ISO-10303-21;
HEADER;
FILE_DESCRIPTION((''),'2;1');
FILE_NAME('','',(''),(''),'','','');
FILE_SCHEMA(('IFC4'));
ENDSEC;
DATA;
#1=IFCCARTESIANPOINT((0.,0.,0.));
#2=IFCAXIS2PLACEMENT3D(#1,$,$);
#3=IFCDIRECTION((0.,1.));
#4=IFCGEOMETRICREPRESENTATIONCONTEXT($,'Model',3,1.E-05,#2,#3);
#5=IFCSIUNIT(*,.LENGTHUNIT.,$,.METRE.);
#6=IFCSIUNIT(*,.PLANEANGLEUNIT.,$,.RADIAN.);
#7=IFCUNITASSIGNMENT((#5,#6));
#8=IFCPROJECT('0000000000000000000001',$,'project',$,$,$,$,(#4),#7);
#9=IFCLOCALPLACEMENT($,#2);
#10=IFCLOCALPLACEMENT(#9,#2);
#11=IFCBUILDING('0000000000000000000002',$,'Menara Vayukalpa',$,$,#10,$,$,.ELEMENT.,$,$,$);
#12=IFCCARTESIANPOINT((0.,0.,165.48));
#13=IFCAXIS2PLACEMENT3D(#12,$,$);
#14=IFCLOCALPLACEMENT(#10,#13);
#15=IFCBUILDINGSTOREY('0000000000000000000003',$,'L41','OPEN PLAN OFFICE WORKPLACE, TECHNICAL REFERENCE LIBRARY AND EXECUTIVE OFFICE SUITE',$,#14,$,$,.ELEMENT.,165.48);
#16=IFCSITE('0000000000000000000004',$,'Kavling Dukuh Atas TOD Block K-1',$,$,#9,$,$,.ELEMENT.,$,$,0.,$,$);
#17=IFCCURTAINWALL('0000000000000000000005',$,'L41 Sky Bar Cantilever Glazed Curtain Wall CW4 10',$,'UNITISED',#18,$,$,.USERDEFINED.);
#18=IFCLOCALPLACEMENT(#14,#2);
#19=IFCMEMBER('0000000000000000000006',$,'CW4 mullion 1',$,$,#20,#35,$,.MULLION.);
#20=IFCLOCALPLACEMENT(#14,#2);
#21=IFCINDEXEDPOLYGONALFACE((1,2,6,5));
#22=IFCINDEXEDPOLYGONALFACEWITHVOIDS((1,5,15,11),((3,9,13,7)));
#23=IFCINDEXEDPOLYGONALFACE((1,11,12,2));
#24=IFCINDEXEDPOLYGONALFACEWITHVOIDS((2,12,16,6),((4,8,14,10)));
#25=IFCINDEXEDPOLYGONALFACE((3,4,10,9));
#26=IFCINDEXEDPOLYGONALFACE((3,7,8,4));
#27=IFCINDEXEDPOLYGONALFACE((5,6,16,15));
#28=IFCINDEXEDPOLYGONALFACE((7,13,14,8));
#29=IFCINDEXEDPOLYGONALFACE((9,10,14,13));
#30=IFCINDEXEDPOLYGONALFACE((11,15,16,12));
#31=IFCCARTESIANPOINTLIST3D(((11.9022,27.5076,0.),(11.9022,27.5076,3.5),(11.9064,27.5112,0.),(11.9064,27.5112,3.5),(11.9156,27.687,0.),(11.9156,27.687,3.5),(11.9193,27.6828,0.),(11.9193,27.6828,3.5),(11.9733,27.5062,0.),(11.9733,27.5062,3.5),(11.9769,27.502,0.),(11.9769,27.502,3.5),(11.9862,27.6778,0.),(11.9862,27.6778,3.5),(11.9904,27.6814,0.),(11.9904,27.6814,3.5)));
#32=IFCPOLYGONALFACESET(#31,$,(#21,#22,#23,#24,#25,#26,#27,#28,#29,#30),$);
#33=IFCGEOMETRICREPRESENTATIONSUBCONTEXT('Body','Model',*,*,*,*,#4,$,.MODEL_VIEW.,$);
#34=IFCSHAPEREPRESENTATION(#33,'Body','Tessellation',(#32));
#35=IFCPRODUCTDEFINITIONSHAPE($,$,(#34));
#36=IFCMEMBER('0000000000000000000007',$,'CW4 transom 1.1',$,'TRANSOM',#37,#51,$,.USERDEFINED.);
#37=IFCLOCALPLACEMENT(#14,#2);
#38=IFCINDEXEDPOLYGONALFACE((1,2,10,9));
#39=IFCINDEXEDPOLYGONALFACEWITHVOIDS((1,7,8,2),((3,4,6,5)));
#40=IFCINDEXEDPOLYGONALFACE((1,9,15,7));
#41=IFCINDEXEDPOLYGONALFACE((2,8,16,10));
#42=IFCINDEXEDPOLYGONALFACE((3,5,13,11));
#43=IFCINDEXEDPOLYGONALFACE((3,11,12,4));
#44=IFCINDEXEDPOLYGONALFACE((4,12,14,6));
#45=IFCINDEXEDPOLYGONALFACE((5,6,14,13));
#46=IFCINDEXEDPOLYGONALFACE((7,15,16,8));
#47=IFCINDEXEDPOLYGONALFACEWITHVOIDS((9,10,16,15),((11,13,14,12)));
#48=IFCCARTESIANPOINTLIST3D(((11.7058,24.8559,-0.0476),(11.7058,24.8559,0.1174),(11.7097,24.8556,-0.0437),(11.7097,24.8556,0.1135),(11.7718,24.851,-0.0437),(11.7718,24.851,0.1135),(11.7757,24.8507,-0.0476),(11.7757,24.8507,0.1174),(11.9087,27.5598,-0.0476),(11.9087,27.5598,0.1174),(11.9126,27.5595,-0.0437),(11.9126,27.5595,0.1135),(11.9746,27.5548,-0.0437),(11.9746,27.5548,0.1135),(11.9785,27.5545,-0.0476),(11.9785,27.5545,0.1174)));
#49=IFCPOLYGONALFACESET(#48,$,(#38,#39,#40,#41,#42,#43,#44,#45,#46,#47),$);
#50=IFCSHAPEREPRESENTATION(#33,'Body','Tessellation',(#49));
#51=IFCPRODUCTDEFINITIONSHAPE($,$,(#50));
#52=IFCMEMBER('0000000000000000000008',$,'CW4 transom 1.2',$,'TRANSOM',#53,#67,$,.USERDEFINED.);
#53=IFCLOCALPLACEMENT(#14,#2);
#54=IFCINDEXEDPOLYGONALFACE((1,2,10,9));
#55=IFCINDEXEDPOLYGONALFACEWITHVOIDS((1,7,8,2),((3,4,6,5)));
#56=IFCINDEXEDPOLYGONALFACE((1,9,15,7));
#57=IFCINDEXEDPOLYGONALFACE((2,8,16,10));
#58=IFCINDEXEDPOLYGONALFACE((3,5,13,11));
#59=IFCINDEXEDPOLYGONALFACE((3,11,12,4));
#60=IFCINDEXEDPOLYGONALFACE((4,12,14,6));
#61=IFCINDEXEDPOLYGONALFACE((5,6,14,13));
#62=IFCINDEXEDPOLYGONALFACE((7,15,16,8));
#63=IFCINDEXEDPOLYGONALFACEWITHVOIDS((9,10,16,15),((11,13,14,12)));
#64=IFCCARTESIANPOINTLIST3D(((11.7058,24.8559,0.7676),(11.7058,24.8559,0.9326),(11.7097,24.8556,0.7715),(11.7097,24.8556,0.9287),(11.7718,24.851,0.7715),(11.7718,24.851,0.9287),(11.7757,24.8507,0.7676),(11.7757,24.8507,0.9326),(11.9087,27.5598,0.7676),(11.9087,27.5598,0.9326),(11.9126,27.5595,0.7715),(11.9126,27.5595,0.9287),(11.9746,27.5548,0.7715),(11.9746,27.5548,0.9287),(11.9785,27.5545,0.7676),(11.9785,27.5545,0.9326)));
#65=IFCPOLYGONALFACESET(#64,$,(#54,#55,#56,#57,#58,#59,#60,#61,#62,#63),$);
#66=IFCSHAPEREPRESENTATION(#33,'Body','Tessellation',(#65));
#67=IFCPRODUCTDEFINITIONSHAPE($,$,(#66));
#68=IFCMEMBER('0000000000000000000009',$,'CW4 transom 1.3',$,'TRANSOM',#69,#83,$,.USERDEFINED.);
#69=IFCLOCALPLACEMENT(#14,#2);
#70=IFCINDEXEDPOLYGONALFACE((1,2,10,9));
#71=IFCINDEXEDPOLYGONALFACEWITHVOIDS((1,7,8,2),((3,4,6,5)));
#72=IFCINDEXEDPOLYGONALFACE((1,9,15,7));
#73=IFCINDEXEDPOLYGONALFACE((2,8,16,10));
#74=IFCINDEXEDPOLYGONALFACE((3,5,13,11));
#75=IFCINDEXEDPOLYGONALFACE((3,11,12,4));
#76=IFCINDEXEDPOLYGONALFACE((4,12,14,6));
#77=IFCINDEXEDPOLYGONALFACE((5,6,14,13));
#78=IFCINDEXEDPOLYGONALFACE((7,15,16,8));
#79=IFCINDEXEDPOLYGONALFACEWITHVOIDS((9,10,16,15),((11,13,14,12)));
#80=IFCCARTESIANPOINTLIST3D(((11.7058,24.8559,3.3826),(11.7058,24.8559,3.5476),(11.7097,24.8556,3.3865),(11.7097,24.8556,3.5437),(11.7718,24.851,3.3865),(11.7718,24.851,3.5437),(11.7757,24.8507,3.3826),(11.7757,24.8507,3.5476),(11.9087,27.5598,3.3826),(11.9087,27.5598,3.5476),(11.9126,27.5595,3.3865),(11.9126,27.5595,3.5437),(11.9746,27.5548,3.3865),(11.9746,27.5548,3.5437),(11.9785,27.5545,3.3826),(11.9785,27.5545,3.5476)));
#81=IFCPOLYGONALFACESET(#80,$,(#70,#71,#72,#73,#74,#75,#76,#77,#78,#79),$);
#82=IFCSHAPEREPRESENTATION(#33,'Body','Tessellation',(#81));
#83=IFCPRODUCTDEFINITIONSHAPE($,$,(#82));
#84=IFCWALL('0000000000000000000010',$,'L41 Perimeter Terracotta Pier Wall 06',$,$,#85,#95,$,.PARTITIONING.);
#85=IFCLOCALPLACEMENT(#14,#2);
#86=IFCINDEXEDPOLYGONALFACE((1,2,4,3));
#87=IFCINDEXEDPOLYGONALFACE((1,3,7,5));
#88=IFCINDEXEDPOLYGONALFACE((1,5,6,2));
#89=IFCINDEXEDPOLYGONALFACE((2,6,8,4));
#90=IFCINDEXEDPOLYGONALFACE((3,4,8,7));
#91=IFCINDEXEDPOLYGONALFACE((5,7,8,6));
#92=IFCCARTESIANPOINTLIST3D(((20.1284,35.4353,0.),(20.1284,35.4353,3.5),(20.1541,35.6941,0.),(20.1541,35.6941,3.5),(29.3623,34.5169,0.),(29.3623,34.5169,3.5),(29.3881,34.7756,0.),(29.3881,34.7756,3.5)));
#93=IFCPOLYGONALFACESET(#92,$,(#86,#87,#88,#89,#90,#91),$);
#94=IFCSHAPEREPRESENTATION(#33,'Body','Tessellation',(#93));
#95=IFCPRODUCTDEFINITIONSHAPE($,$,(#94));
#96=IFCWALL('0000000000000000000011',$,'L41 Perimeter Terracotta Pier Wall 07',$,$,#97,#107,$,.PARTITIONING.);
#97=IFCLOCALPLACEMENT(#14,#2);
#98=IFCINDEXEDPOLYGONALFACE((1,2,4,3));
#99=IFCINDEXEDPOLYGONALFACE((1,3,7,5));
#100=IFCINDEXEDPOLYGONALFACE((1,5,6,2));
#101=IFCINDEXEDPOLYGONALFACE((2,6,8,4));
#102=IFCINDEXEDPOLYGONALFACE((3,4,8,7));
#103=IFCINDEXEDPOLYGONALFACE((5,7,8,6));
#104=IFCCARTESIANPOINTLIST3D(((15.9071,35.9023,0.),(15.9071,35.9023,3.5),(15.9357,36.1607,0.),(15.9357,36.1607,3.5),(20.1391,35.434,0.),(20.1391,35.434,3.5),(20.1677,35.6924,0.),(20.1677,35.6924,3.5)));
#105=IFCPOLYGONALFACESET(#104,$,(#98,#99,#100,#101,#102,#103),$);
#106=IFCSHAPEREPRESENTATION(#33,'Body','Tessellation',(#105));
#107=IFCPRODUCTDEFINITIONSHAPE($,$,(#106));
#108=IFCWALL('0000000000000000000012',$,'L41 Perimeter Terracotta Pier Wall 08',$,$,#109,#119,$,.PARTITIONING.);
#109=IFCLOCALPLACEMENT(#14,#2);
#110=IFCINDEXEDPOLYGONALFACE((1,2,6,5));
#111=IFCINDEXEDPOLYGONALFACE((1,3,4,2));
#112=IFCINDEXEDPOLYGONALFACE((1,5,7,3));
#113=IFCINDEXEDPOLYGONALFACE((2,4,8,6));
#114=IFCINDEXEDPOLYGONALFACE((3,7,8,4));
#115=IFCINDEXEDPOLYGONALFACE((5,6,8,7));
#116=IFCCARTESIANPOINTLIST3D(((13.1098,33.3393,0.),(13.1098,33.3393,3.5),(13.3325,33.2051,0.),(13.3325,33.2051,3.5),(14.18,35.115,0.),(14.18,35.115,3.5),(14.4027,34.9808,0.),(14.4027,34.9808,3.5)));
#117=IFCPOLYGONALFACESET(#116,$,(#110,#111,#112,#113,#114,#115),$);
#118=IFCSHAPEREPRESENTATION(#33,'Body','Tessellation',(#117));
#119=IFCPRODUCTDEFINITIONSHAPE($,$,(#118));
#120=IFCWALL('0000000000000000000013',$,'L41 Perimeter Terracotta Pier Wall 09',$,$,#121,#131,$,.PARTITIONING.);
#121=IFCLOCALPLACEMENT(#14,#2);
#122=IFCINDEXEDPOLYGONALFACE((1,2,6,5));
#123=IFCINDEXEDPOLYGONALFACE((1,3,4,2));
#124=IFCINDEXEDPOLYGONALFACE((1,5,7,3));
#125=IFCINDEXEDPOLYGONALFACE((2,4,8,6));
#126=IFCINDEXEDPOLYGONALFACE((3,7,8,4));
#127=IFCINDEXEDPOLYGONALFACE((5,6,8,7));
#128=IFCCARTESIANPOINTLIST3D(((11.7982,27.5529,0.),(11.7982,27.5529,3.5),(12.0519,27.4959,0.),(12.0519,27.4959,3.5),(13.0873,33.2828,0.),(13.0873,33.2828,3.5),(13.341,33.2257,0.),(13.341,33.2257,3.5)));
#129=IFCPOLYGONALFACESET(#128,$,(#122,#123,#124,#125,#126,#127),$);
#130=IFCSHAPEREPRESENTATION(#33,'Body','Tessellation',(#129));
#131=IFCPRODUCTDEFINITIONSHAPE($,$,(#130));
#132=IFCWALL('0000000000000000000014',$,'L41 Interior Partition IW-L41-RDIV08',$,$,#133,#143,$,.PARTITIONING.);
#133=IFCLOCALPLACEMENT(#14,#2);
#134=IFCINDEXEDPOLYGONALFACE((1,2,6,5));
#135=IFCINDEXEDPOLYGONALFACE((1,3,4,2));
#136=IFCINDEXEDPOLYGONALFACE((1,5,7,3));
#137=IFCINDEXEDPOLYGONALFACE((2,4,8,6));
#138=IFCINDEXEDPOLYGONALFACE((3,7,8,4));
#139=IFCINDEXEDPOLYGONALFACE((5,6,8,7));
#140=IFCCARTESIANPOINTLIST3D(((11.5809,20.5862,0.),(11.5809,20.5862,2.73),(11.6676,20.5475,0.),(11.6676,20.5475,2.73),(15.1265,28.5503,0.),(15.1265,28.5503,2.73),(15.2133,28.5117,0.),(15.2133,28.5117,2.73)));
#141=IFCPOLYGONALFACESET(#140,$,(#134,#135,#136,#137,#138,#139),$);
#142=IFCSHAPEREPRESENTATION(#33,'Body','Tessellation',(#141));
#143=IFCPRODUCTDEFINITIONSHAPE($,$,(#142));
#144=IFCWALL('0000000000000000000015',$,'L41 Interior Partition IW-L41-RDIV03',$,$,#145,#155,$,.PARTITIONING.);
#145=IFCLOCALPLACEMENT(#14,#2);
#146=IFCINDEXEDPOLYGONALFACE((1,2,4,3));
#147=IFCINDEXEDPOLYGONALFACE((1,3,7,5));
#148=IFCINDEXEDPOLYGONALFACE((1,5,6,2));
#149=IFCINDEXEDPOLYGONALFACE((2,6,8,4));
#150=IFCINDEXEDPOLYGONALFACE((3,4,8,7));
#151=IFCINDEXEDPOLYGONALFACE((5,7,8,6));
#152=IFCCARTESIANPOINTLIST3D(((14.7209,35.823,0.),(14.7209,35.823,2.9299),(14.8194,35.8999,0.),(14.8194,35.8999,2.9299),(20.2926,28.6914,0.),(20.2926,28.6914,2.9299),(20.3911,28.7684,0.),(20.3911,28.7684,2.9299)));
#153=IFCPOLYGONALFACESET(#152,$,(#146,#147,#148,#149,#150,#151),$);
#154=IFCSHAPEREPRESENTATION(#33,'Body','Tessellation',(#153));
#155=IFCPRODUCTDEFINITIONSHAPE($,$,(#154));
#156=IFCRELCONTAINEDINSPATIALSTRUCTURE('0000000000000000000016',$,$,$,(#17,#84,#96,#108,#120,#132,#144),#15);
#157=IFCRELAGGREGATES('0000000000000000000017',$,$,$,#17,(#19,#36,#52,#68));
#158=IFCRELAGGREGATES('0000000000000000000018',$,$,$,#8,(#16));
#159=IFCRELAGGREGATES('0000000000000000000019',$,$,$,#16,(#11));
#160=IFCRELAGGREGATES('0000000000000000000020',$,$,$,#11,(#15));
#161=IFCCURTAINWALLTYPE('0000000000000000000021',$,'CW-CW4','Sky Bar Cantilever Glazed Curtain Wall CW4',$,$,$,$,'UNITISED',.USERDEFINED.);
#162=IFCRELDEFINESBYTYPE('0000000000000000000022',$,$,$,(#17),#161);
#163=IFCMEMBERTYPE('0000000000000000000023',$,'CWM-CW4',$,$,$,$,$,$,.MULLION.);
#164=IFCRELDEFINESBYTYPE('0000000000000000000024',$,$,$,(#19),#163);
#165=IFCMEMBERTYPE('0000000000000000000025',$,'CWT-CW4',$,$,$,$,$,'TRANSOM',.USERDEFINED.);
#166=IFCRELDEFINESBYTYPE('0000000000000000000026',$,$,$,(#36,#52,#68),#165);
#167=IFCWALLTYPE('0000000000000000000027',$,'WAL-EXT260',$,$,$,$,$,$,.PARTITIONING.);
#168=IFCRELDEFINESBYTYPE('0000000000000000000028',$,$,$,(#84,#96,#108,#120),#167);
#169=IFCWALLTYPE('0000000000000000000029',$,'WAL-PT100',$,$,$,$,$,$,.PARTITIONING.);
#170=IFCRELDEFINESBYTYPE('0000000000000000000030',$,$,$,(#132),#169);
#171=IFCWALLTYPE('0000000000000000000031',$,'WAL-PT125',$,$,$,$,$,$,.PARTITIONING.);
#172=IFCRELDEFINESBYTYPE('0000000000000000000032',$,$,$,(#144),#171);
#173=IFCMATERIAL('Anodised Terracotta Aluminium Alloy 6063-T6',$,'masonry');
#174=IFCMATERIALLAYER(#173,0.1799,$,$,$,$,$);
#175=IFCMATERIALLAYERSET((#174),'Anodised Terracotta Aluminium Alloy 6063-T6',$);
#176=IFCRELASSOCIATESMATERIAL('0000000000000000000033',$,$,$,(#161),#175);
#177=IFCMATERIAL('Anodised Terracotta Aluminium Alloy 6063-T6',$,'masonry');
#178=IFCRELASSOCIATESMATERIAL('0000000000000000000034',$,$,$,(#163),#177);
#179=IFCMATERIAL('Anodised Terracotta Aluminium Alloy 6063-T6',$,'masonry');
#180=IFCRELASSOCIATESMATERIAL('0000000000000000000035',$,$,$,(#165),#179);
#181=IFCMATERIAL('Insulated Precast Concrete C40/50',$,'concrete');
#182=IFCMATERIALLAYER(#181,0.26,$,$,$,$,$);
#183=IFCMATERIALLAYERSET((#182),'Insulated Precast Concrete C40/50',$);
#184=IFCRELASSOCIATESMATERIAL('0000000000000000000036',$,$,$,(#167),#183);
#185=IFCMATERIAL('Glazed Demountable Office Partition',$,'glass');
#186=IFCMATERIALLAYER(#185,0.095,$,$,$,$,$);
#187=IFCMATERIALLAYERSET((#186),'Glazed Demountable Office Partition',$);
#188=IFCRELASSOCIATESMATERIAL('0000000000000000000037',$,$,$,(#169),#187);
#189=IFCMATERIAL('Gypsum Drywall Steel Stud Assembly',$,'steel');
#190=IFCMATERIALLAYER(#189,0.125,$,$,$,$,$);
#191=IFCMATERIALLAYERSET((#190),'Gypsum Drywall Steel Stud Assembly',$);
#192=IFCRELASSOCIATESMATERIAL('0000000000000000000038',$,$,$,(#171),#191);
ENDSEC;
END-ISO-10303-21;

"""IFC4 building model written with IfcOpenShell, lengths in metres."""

from ifc_helpers import new_model, si_unit, direction, frame, frame_2d, origin, origin_2d, place, context, subcontext, project, spatial, rectangle, hollow_rectangle, extrude, material, layer, layer_set, material_profile, profile_set, type_object, element, aggregate, save


model = new_model("IFC4")

# Units and contexts
model_context = context("Model", 3, precision=1e-05, world=origin(), true_north=direction((0.0, 1.0)))
body_context = subcontext(model_context, "Body", "Model", "MODEL_VIEW")
ifc_project = project(units=[si_unit("LENGTHUNIT", "METRE"), si_unit("PLANEANGLEUNIT", "RADIAN")], contexts=[model_context])

# Site, building, storey
site_placement = place(None, origin())
site = spatial("IfcSite", under=ifc_project, at=site_placement, Name="Kavling Dukuh Atas TOD Block K-1", CompositionType="ELEMENT", RefElevation=0.0)
building_placement = place(site_placement, origin())
building = spatial("IfcBuilding", under=site, at=building_placement, Name="Menara Vayukalpa", CompositionType="ELEMENT")
storey_placement = place(building_placement, frame((0.0, 0.0, 165.48)))
storey = spatial("IfcBuildingStorey", under=building, at=storey_placement, Name="L41", Description="OPEN PLAN OFFICE WORKPLACE, TECHNICAL REFERENCE LIBRARY AND EXECUTIVE OFFICE SUITE", CompositionType="ELEMENT", Elevation=165.48)

# Curtain wall, members
ifc_material_1 = material(Name="Anodised Terracotta Aluminium Alloy 6063-T6", Category="masonry")
ifc_layer_1 = layer(ifc_material_1, 0.1799)
ifc_layer_set_1 = layer_set([ifc_layer_1], Name="Anodised Terracotta Aluminium Alloy 6063-T6")
curtain_wall_type = type_object("IfcCurtainWallType", Name="CW-CW4", Description="Sky Bar Cantilever Glazed Curtain Wall CW4", ElementType="UNITISED", PredefinedType="USERDEFINED", material=ifc_layer_set_1)
curtain_wall_placement = place(storey_placement, origin())
curtain_wall = element("IfcCurtainWall", 1, at=curtain_wall_placement, inside=storey, type_object=curtain_wall_type, Name="L41 Sky Bar Cantilever Glazed Curtain Wall CW4 10", ObjectType="UNITISED", PredefinedType="USERDEFINED")
ifc_material_2 = material(Name="Anodised Terracotta Aluminium Alloy 6063-T6", Category="masonry")
ifc_material_profile_1 = material_profile(ifc_material_2, hollow_rectangle(XDim=0.075, YDim=0.1799, WallThickness=0.0039, at=origin_2d()), Name="ALU 75x180x4")
ifc_profile_set_1 = profile_set([ifc_material_profile_1], Name="Anodised Terracotta Aluminium Alloy 6063-T6")
member_type_1 = type_object("IfcMemberType", Name="CWM-CW4", PredefinedType="MULLION", material=ifc_profile_set_1)
member_1_placement = place(storey_placement, frame((11.9463, 27.5945, 0.0), z_axis=(0.0, 0.0, 1.0), x_axis=(0.997199, -0.074793, 0.0)))
member_1 = element("IfcMember", 2, at=member_1_placement, type_object=member_type_1, Name="CW4 mullion 1", PredefinedType="MULLION", context=body_context, shape_type="SweptSolid", body=[
    extrude(hollow_rectangle(XDim=0.075, YDim=0.1799, WallThickness=0.0039, at=origin_2d()), origin(), (0.0, 0.0, 1.0), 3.5),
])
ifc_material_3 = material(Name="Anodised Terracotta Aluminium Alloy 6063-T6", Category="masonry")
ifc_material_profile_2 = material_profile(ifc_material_3, hollow_rectangle(XDim=0.0701, YDim=0.165, WallThickness=0.0039, at=origin_2d()), Name="ALU 70x165x4")
ifc_profile_set_2 = profile_set([ifc_material_profile_2], Name="Anodised Terracotta Aluminium Alloy 6063-T6")
member_type_2 = type_object("IfcMemberType", Name="CWT-CW4", ElementType="TRANSOM", PredefinedType="USERDEFINED", material=ifc_profile_set_2)
member_2_placement = place(storey_placement, frame((11.9436, 27.5571, 0.0349), z_axis=(-0.074824, -0.997197, 0.0), x_axis=(0.997197, -0.074824, 0.0)))
member_2 = element("IfcMember", 3, at=member_2_placement, type_object=member_type_2, Name="CW4 transom 1.1", ObjectType="TRANSOM", PredefinedType="USERDEFINED", context=body_context, shape_type="SweptSolid", body=[
    extrude(hollow_rectangle(XDim=0.0701, YDim=0.165, WallThickness=0.0039, at=origin_2d()), origin(), (0.0, 0.0, 1.0), 2.7114),
])
member_3_placement = place(storey_placement, frame((11.9436, 27.5571, 0.8501), z_axis=(-0.074824, -0.997197, 0.0), x_axis=(0.997197, -0.074824, 0.0)))
member_3 = element("IfcMember", 4, at=member_3_placement, type_object=member_type_2, Name="CW4 transom 1.2", ObjectType="TRANSOM", PredefinedType="USERDEFINED", context=body_context, shape_type="SweptSolid", body=[
    extrude(hollow_rectangle(XDim=0.0701, YDim=0.165, WallThickness=0.0039, at=origin_2d()), origin(), (0.0, 0.0, 1.0), 2.7114),
])
member_4_placement = place(storey_placement, frame((11.9436, 27.5571, 3.4651), z_axis=(-0.074824, -0.997197, 0.0), x_axis=(0.997197, -0.074824, 0.0)))
member_4 = element("IfcMember", 5, at=member_4_placement, type_object=member_type_2, Name="CW4 transom 1.3", ObjectType="TRANSOM", PredefinedType="USERDEFINED", context=body_context, shape_type="SweptSolid", body=[
    extrude(hollow_rectangle(XDim=0.0701, YDim=0.165, WallThickness=0.0039, at=origin_2d()), origin(), (0.0, 0.0, 1.0), 2.7114),
])
aggregate(curtain_wall, [member_1, member_2, member_3, member_4])

# Walls
ifc_material_4 = material(Name="Insulated Precast Concrete C40/50", Category="concrete")
ifc_layer_2 = layer(ifc_material_4, 0.26)
ifc_layer_set_2 = layer_set([ifc_layer_2], Name="Insulated Precast Concrete C40/50")
wall_type_1 = type_object("IfcWallType", Name="WAL-EXT260", PredefinedType="PARTITIONING", material=ifc_layer_set_2)
wall_1_placement = place(storey_placement, frame((20.1414, 35.5647, 0.0), z_axis=(0.0, 0.0, 1.0), x_axis=(0.99509, -0.098978, 0.0)))
element("IfcWall", 6, at=wall_1_placement, inside=storey, type_object=wall_type_1, Name="L41 Perimeter Terracotta Pier Wall 06", PredefinedType="PARTITIONING", context=body_context, shape_type="SweptSolid", body=[
    extrude(rectangle(XDim=9.2795, YDim=0.26, at=frame_2d((4.6396, 0.0))), origin(), (0.0, 0.0, 1.0), 3.5),
])
wall_2_placement = place(storey_placement, frame((15.9214, 36.0315, 0.0), z_axis=(0.0, 0.0, 1.0), x_axis=(0.993934, -0.109978, 0.0)))
element("IfcWall", 7, at=wall_2_placement, inside=storey, type_object=wall_type_1, Name="L41 Perimeter Terracotta Pier Wall 07", PredefinedType="PARTITIONING", context=body_context, shape_type="SweptSolid", body=[
    extrude(rectangle(XDim=4.2578, YDim=0.26, at=frame_2d((2.1289, 0.0))), origin(), (0.0, 0.0, 1.0), 3.5),
])
wall_3_placement = place(storey_placement, frame((13.2212, 33.2722, 0.0), z_axis=(0.0, 0.0, 1.0), x_axis=(0.516157, 0.856494, 0.0)))
element("IfcWall", 8, at=wall_3_placement, inside=storey, type_object=wall_type_1, Name="L41 Perimeter Terracotta Pier Wall 08", PredefinedType="PARTITIONING", context=body_context, shape_type="SweptSolid", body=[
    extrude(rectangle(XDim=2.0732, YDim=0.26, at=frame_2d((1.0366, 0.0))), origin(), (0.0, 0.0, 1.0), 3.5),
])
wall_4_placement = place(storey_placement, frame((11.925, 27.5244, 0.0), z_axis=(0.0, 0.0, 1.0), x_axis=(0.219491, 0.975614, 0.0)))
element("IfcWall", 9, at=wall_4_placement, inside=storey, type_object=wall_type_1, Name="L41 Perimeter Terracotta Pier Wall 09", PredefinedType="PARTITIONING", context=body_context, shape_type="SweptSolid", body=[
    extrude(rectangle(XDim=5.873, YDim=0.26, at=frame_2d((2.9365, 0.0))), origin(), (0.0, 0.0, 1.0), 3.5),
])
ifc_material_5 = material(Name="Glazed Demountable Office Partition", Category="glass")
ifc_layer_3 = layer(ifc_material_5, 0.095)
ifc_layer_set_3 = layer_set([ifc_layer_3], Name="Glazed Demountable Office Partition")
wall_type_2 = type_object("IfcWallType", Name="WAL-PT100", PredefinedType="PARTITIONING", material=ifc_layer_set_3)
wall_5_placement = place(storey_placement, frame((15.1699, 28.531, 0.0), z_axis=(0.0, 0.0, 1.0), x_axis=(-0.406718, -0.913554, 0.0)))
element("IfcWall", 10, at=wall_5_placement, inside=storey, type_object=wall_type_2, Name="L41 Interior Partition IW-L41-RDIV08", PredefinedType="PARTITIONING", context=body_context, shape_type="SweptSolid", body=[
    extrude(rectangle(XDim=8.7178, YDim=0.095, at=frame_2d((4.3589, 0.0))), origin(), (0.0, 0.0, 1.0), 2.73),
])
ifc_material_6 = material(Name="Gypsum Drywall Steel Stud Assembly", Category="steel")
ifc_layer_4 = layer(ifc_material_6, 0.125)
ifc_layer_set_4 = layer_set([ifc_layer_4], Name="Gypsum Drywall Steel Stud Assembly")
wall_type_3 = type_object("IfcWallType", Name="WAL-PT125", PredefinedType="PARTITIONING", material=ifc_layer_set_4)
wall_6_placement = place(storey_placement, frame((20.3418, 28.73, 0.0), z_axis=(0.0, 0.0, 1.0), x_axis=(-0.615659, 0.788013, 0.0)))
element("IfcWall", 11, at=wall_6_placement, inside=storey, type_object=wall_type_3, Name="L41 Interior Partition IW-L41-RDIV03", PredefinedType="PARTITIONING", context=body_context, shape_type="SweptSolid", body=[
    extrude(rectangle(XDim=9.05, YDim=0.125, at=frame_2d((4.5249, 0.0))), origin(), (0.0, 0.0, 1.0), 2.9299),
])

save(model, "model.ifc")
